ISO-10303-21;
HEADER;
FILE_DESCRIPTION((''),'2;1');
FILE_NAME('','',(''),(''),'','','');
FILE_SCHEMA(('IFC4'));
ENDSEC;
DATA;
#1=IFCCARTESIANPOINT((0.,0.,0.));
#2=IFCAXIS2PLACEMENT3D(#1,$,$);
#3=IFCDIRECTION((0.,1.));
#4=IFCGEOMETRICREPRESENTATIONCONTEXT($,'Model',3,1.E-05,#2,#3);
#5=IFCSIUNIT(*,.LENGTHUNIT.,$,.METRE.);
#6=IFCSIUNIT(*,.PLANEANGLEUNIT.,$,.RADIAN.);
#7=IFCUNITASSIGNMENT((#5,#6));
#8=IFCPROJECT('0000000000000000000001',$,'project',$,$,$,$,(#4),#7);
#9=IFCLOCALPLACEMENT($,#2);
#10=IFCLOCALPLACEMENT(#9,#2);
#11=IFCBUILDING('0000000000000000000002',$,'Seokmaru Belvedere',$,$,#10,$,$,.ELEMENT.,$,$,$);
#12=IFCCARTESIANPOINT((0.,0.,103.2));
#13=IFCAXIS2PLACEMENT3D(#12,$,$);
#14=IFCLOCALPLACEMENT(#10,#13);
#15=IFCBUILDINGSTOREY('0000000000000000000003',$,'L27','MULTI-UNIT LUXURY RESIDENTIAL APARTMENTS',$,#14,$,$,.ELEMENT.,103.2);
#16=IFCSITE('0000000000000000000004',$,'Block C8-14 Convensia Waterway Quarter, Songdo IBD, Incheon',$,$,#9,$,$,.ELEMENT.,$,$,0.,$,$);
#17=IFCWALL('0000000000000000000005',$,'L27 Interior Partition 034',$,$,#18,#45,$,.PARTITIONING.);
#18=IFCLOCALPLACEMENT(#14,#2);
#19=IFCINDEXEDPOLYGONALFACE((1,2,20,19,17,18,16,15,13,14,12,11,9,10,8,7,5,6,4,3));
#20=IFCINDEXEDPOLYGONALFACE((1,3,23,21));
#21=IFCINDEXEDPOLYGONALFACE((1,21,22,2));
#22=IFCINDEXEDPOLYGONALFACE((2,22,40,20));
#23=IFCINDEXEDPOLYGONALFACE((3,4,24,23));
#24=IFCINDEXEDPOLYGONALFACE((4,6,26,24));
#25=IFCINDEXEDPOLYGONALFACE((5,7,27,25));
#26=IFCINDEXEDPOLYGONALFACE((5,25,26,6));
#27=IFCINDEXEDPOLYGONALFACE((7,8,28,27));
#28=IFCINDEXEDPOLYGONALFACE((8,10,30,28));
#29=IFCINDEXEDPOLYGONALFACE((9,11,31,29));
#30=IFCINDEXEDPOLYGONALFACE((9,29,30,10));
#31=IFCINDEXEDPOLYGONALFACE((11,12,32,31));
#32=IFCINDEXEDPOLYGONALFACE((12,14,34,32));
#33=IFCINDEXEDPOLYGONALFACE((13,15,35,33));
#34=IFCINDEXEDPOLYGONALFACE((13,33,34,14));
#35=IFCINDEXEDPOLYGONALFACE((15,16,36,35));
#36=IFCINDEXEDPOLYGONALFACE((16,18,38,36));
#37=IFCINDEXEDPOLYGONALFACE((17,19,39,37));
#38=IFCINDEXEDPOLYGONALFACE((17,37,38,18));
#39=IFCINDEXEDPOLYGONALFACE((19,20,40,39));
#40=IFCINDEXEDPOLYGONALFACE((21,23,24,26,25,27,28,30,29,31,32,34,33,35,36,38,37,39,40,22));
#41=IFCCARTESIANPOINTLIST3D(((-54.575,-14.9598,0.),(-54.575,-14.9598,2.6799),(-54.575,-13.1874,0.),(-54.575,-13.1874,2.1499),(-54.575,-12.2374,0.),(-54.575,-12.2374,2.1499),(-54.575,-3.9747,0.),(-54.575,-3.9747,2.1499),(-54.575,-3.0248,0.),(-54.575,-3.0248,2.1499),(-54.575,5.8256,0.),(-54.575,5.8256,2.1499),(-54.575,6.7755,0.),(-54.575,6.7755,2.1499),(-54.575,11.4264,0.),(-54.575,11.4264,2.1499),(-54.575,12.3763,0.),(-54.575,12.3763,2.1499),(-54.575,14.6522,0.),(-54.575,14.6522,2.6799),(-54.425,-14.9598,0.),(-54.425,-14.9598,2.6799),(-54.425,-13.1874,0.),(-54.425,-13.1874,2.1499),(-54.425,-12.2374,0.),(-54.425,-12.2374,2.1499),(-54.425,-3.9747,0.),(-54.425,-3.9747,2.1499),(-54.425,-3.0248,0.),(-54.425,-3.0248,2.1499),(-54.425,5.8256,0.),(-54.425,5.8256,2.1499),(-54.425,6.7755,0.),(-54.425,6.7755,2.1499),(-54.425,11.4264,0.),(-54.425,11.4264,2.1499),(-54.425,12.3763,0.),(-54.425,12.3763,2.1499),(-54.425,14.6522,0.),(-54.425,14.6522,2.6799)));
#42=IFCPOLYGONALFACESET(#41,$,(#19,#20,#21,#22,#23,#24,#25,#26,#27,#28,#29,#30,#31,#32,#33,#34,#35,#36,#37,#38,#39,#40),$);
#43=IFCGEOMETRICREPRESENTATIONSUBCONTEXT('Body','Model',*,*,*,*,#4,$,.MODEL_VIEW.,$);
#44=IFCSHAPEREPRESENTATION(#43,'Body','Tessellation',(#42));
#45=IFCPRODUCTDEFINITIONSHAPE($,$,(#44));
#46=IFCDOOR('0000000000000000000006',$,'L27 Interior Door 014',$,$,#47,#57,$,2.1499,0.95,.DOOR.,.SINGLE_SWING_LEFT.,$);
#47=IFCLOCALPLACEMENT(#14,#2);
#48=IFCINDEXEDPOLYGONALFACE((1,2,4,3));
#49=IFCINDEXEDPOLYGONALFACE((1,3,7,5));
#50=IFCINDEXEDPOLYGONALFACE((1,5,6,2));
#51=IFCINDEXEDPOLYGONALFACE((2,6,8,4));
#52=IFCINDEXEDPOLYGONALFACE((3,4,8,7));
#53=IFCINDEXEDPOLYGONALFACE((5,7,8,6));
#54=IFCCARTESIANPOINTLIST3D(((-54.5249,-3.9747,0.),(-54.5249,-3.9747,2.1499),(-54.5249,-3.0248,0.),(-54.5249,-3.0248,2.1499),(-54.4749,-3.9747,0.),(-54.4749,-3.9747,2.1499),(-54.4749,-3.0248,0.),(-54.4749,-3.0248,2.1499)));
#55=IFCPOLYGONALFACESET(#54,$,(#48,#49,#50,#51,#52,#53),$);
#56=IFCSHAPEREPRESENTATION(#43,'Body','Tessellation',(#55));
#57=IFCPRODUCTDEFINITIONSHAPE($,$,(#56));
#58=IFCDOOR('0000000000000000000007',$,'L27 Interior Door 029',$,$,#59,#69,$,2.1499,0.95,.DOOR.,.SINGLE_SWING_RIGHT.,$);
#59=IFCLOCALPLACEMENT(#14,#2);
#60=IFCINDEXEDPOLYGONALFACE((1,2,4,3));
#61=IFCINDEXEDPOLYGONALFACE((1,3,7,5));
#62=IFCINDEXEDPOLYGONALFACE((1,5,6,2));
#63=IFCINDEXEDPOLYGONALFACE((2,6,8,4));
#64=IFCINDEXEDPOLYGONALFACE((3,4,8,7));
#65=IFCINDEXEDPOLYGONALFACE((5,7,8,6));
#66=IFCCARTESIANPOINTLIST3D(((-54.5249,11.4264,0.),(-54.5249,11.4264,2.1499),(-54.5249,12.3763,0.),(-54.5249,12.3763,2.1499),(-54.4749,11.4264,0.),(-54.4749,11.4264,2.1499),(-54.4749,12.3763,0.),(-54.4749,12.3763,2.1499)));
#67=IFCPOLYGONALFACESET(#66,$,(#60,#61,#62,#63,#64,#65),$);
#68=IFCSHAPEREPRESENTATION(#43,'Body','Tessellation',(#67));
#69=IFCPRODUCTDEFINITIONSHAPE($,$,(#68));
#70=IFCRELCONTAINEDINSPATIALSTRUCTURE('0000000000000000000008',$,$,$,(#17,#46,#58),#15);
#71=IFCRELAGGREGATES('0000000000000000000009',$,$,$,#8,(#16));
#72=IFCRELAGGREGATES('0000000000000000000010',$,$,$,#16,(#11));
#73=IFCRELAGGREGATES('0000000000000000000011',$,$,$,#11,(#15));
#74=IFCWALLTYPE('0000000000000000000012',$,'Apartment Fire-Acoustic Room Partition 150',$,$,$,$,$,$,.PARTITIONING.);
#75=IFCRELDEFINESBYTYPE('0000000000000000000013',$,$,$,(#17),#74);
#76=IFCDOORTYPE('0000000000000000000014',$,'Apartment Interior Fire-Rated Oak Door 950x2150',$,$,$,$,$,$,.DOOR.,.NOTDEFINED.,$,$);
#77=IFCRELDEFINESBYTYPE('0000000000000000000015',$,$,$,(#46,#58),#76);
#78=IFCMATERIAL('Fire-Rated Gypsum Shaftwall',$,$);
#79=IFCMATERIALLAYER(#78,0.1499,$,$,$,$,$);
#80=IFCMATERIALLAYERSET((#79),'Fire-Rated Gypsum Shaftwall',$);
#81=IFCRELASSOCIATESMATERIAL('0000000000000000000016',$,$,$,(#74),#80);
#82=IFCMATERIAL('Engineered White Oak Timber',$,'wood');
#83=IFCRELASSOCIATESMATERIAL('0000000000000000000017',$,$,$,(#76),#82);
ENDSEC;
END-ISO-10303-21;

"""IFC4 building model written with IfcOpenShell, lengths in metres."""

from ifc_helpers import new_model, si_unit, direction, frame, frame_2d, origin, place, context, subcontext, project, spatial, rectangle, extrude, source, transform, mapped, material, layer, layer_set, type_object, type_shapes, element, fill, save


model = new_model("IFC4")

# Units and contexts
model_context = context("Model", 3, precision=1e-05, world=origin(), true_north=direction((0.0, 1.0)))
body_context = subcontext(model_context, "Body", "Model", "MODEL_VIEW")
ifc_project = project(units=[si_unit("LENGTHUNIT", "METRE"), si_unit("PLANEANGLEUNIT", "RADIAN")], contexts=[model_context])

# Site, building, storey
site_placement = place(None, origin())
site = spatial("IfcSite", under=ifc_project, at=site_placement, Name="Block C8-14 Convensia Waterway Quarter, Songdo IBD, Incheon", CompositionType="ELEMENT", RefElevation=0.0)
building_placement = place(site_placement, origin())
building = spatial("IfcBuilding", under=site, at=building_placement, Name="Seokmaru Belvedere", CompositionType="ELEMENT")
storey_placement = place(building_placement, frame((0.0, 0.0, 103.2)))
storey = spatial("IfcBuildingStorey", under=building, at=storey_placement, Name="L27", Description="MULTI-UNIT LUXURY RESIDENTIAL APARTMENTS", CompositionType="ELEMENT", Elevation=103.2)

# Shared definitions
ifc_material_1 = material(Name="Fire-Rated Gypsum Shaftwall")
ifc_layer_1 = layer(ifc_material_1, 0.1499)
ifc_layer_set_1 = layer_set([ifc_layer_1], Name="Fire-Rated Gypsum Shaftwall")
wall_type = type_object("IfcWallType", Name="Apartment Fire-Acoustic Room Partition 150", PredefinedType="PARTITIONING", material=ifc_layer_set_1)
ifc_material_2 = material(Name="Engineered White Oak Timber", Category="wood")
door_type = type_object("IfcDoorType", Name="Apartment Interior Fire-Rated Oak Door 950x2150", OperationType="NOTDEFINED", PredefinedType="DOOR", material=ifc_material_2)
shared_shape_1 = source(origin(), body_context, "Body", "SweptSolid", [
    extrude(rectangle(XDim=0.95, YDim=2.1499, at=frame_2d((0.4751, 1.075))), frame((0.0, 0.0249, 0.0), z_axis=(0.0, -1.0, 0.0), x_axis=(1.0, 0.0, 0.0)), (0.0, 0.0, 1.0), 0.05),
])
type_shapes(door_type, [shared_shape_1])

# Wall, openings, doors
wall_1_placement = place(storey_placement, frame((-54.5, -14.96, 0.0), z_axis=(0.0, 0.0, 1.0), x_axis=(0.0, 1.0, 0.0)))
wall_1 = element("IfcWall", 1, at=wall_1_placement, inside=storey, type_object=wall_type, Name="L27 Interior Partition 034", PredefinedType="PARTITIONING", context=body_context, shape_type="SweptSolid", body=[
    extrude(rectangle(XDim=29.6121, YDim=0.1499, at=frame_2d((14.8062, 0.0))), origin(), (0.0, 0.0, 1.0), 2.6799),
])
opening_1_placement = place(wall_1_placement, frame((1.7725, 0.0, 0.0)))
element("IfcOpeningElement", 2, at=opening_1_placement, cuts=wall_1, PredefinedType="OPENING", context=body_context, shape_type="SweptSolid", body=[
    extrude(rectangle(XDim=0.95, YDim=2.1499, at=frame_2d((0.4751, 1.075))), frame((0.0, 0.085, 0.0), z_axis=(0.0, -1.0, 0.0), x_axis=(1.0, 0.0, 0.0)), (0.0, 0.0, 1.0), 0.1699),
])
opening_2_placement = place(wall_1_placement, frame((10.9851, 0.0, 0.0)))
opening_2 = element("IfcOpeningElement", 3, at=opening_2_placement, cuts=wall_1, PredefinedType="OPENING", context=body_context, shape_type="SweptSolid", body=[
    extrude(rectangle(XDim=0.95, YDim=2.1499, at=frame_2d((0.4751, 1.075))), frame((0.0, 0.085, 0.0), z_axis=(0.0, -1.0, 0.0), x_axis=(1.0, 0.0, 0.0)), (0.0, 0.0, 1.0), 0.1699),
])
opening_3_placement = place(wall_1_placement, frame((26.3862, 0.0, 0.0)))
opening_3 = element("IfcOpeningElement", 4, at=opening_3_placement, cuts=wall_1, PredefinedType="OPENING", context=body_context, shape_type="SweptSolid", body=[
    extrude(rectangle(XDim=0.95, YDim=2.1499, at=frame_2d((0.4751, 1.075))), frame((0.0, 0.085, 0.0), z_axis=(0.0, -1.0, 0.0), x_axis=(1.0, 0.0, 0.0)), (0.0, 0.0, 1.0), 0.1699),
])
opening_4_placement = place(wall_1_placement, frame((20.7854, 0.0, 0.0)))
element("IfcOpeningElement", 5, at=opening_4_placement, cuts=wall_1, PredefinedType="OPENING", context=body_context, shape_type="SweptSolid", body=[
    extrude(rectangle(XDim=0.95, YDim=2.1499, at=frame_2d((0.4751, 1.075))), frame((0.0, 0.085, 0.0), z_axis=(0.0, -1.0, 0.0), x_axis=(1.0, 0.0, 0.0)), (0.0, 0.0, 1.0), 0.1699),
])
door_1_placement = place(opening_2_placement, origin())
door_1 = element("IfcDoor", 6, at=door_1_placement, inside=storey, type_object=door_type, Name="L27 Interior Door 014", OperationType="SINGLE_SWING_LEFT", OverallHeight=2.1499, OverallWidth=0.95, PredefinedType="DOOR", context=body_context, shape_type="MappedRepresentation", body=[
    mapped(shared_shape_1, transform((0.0, 0.0, 0.0), scale=1.0)),
])
fill(opening_2, door_1)
door_2_placement = place(opening_3_placement, origin())
door_2 = element("IfcDoor", 7, at=door_2_placement, inside=storey, type_object=door_type, Name="L27 Interior Door 029", OperationType="SINGLE_SWING_RIGHT", OverallHeight=2.1499, OverallWidth=0.95, PredefinedType="DOOR", context=body_context, shape_type="MappedRepresentation", body=[
    mapped(shared_shape_1, transform((0.0, 0.0, 0.0), scale=1.0)),
])
fill(opening_3, door_2)

save(model, "model.ifc")
